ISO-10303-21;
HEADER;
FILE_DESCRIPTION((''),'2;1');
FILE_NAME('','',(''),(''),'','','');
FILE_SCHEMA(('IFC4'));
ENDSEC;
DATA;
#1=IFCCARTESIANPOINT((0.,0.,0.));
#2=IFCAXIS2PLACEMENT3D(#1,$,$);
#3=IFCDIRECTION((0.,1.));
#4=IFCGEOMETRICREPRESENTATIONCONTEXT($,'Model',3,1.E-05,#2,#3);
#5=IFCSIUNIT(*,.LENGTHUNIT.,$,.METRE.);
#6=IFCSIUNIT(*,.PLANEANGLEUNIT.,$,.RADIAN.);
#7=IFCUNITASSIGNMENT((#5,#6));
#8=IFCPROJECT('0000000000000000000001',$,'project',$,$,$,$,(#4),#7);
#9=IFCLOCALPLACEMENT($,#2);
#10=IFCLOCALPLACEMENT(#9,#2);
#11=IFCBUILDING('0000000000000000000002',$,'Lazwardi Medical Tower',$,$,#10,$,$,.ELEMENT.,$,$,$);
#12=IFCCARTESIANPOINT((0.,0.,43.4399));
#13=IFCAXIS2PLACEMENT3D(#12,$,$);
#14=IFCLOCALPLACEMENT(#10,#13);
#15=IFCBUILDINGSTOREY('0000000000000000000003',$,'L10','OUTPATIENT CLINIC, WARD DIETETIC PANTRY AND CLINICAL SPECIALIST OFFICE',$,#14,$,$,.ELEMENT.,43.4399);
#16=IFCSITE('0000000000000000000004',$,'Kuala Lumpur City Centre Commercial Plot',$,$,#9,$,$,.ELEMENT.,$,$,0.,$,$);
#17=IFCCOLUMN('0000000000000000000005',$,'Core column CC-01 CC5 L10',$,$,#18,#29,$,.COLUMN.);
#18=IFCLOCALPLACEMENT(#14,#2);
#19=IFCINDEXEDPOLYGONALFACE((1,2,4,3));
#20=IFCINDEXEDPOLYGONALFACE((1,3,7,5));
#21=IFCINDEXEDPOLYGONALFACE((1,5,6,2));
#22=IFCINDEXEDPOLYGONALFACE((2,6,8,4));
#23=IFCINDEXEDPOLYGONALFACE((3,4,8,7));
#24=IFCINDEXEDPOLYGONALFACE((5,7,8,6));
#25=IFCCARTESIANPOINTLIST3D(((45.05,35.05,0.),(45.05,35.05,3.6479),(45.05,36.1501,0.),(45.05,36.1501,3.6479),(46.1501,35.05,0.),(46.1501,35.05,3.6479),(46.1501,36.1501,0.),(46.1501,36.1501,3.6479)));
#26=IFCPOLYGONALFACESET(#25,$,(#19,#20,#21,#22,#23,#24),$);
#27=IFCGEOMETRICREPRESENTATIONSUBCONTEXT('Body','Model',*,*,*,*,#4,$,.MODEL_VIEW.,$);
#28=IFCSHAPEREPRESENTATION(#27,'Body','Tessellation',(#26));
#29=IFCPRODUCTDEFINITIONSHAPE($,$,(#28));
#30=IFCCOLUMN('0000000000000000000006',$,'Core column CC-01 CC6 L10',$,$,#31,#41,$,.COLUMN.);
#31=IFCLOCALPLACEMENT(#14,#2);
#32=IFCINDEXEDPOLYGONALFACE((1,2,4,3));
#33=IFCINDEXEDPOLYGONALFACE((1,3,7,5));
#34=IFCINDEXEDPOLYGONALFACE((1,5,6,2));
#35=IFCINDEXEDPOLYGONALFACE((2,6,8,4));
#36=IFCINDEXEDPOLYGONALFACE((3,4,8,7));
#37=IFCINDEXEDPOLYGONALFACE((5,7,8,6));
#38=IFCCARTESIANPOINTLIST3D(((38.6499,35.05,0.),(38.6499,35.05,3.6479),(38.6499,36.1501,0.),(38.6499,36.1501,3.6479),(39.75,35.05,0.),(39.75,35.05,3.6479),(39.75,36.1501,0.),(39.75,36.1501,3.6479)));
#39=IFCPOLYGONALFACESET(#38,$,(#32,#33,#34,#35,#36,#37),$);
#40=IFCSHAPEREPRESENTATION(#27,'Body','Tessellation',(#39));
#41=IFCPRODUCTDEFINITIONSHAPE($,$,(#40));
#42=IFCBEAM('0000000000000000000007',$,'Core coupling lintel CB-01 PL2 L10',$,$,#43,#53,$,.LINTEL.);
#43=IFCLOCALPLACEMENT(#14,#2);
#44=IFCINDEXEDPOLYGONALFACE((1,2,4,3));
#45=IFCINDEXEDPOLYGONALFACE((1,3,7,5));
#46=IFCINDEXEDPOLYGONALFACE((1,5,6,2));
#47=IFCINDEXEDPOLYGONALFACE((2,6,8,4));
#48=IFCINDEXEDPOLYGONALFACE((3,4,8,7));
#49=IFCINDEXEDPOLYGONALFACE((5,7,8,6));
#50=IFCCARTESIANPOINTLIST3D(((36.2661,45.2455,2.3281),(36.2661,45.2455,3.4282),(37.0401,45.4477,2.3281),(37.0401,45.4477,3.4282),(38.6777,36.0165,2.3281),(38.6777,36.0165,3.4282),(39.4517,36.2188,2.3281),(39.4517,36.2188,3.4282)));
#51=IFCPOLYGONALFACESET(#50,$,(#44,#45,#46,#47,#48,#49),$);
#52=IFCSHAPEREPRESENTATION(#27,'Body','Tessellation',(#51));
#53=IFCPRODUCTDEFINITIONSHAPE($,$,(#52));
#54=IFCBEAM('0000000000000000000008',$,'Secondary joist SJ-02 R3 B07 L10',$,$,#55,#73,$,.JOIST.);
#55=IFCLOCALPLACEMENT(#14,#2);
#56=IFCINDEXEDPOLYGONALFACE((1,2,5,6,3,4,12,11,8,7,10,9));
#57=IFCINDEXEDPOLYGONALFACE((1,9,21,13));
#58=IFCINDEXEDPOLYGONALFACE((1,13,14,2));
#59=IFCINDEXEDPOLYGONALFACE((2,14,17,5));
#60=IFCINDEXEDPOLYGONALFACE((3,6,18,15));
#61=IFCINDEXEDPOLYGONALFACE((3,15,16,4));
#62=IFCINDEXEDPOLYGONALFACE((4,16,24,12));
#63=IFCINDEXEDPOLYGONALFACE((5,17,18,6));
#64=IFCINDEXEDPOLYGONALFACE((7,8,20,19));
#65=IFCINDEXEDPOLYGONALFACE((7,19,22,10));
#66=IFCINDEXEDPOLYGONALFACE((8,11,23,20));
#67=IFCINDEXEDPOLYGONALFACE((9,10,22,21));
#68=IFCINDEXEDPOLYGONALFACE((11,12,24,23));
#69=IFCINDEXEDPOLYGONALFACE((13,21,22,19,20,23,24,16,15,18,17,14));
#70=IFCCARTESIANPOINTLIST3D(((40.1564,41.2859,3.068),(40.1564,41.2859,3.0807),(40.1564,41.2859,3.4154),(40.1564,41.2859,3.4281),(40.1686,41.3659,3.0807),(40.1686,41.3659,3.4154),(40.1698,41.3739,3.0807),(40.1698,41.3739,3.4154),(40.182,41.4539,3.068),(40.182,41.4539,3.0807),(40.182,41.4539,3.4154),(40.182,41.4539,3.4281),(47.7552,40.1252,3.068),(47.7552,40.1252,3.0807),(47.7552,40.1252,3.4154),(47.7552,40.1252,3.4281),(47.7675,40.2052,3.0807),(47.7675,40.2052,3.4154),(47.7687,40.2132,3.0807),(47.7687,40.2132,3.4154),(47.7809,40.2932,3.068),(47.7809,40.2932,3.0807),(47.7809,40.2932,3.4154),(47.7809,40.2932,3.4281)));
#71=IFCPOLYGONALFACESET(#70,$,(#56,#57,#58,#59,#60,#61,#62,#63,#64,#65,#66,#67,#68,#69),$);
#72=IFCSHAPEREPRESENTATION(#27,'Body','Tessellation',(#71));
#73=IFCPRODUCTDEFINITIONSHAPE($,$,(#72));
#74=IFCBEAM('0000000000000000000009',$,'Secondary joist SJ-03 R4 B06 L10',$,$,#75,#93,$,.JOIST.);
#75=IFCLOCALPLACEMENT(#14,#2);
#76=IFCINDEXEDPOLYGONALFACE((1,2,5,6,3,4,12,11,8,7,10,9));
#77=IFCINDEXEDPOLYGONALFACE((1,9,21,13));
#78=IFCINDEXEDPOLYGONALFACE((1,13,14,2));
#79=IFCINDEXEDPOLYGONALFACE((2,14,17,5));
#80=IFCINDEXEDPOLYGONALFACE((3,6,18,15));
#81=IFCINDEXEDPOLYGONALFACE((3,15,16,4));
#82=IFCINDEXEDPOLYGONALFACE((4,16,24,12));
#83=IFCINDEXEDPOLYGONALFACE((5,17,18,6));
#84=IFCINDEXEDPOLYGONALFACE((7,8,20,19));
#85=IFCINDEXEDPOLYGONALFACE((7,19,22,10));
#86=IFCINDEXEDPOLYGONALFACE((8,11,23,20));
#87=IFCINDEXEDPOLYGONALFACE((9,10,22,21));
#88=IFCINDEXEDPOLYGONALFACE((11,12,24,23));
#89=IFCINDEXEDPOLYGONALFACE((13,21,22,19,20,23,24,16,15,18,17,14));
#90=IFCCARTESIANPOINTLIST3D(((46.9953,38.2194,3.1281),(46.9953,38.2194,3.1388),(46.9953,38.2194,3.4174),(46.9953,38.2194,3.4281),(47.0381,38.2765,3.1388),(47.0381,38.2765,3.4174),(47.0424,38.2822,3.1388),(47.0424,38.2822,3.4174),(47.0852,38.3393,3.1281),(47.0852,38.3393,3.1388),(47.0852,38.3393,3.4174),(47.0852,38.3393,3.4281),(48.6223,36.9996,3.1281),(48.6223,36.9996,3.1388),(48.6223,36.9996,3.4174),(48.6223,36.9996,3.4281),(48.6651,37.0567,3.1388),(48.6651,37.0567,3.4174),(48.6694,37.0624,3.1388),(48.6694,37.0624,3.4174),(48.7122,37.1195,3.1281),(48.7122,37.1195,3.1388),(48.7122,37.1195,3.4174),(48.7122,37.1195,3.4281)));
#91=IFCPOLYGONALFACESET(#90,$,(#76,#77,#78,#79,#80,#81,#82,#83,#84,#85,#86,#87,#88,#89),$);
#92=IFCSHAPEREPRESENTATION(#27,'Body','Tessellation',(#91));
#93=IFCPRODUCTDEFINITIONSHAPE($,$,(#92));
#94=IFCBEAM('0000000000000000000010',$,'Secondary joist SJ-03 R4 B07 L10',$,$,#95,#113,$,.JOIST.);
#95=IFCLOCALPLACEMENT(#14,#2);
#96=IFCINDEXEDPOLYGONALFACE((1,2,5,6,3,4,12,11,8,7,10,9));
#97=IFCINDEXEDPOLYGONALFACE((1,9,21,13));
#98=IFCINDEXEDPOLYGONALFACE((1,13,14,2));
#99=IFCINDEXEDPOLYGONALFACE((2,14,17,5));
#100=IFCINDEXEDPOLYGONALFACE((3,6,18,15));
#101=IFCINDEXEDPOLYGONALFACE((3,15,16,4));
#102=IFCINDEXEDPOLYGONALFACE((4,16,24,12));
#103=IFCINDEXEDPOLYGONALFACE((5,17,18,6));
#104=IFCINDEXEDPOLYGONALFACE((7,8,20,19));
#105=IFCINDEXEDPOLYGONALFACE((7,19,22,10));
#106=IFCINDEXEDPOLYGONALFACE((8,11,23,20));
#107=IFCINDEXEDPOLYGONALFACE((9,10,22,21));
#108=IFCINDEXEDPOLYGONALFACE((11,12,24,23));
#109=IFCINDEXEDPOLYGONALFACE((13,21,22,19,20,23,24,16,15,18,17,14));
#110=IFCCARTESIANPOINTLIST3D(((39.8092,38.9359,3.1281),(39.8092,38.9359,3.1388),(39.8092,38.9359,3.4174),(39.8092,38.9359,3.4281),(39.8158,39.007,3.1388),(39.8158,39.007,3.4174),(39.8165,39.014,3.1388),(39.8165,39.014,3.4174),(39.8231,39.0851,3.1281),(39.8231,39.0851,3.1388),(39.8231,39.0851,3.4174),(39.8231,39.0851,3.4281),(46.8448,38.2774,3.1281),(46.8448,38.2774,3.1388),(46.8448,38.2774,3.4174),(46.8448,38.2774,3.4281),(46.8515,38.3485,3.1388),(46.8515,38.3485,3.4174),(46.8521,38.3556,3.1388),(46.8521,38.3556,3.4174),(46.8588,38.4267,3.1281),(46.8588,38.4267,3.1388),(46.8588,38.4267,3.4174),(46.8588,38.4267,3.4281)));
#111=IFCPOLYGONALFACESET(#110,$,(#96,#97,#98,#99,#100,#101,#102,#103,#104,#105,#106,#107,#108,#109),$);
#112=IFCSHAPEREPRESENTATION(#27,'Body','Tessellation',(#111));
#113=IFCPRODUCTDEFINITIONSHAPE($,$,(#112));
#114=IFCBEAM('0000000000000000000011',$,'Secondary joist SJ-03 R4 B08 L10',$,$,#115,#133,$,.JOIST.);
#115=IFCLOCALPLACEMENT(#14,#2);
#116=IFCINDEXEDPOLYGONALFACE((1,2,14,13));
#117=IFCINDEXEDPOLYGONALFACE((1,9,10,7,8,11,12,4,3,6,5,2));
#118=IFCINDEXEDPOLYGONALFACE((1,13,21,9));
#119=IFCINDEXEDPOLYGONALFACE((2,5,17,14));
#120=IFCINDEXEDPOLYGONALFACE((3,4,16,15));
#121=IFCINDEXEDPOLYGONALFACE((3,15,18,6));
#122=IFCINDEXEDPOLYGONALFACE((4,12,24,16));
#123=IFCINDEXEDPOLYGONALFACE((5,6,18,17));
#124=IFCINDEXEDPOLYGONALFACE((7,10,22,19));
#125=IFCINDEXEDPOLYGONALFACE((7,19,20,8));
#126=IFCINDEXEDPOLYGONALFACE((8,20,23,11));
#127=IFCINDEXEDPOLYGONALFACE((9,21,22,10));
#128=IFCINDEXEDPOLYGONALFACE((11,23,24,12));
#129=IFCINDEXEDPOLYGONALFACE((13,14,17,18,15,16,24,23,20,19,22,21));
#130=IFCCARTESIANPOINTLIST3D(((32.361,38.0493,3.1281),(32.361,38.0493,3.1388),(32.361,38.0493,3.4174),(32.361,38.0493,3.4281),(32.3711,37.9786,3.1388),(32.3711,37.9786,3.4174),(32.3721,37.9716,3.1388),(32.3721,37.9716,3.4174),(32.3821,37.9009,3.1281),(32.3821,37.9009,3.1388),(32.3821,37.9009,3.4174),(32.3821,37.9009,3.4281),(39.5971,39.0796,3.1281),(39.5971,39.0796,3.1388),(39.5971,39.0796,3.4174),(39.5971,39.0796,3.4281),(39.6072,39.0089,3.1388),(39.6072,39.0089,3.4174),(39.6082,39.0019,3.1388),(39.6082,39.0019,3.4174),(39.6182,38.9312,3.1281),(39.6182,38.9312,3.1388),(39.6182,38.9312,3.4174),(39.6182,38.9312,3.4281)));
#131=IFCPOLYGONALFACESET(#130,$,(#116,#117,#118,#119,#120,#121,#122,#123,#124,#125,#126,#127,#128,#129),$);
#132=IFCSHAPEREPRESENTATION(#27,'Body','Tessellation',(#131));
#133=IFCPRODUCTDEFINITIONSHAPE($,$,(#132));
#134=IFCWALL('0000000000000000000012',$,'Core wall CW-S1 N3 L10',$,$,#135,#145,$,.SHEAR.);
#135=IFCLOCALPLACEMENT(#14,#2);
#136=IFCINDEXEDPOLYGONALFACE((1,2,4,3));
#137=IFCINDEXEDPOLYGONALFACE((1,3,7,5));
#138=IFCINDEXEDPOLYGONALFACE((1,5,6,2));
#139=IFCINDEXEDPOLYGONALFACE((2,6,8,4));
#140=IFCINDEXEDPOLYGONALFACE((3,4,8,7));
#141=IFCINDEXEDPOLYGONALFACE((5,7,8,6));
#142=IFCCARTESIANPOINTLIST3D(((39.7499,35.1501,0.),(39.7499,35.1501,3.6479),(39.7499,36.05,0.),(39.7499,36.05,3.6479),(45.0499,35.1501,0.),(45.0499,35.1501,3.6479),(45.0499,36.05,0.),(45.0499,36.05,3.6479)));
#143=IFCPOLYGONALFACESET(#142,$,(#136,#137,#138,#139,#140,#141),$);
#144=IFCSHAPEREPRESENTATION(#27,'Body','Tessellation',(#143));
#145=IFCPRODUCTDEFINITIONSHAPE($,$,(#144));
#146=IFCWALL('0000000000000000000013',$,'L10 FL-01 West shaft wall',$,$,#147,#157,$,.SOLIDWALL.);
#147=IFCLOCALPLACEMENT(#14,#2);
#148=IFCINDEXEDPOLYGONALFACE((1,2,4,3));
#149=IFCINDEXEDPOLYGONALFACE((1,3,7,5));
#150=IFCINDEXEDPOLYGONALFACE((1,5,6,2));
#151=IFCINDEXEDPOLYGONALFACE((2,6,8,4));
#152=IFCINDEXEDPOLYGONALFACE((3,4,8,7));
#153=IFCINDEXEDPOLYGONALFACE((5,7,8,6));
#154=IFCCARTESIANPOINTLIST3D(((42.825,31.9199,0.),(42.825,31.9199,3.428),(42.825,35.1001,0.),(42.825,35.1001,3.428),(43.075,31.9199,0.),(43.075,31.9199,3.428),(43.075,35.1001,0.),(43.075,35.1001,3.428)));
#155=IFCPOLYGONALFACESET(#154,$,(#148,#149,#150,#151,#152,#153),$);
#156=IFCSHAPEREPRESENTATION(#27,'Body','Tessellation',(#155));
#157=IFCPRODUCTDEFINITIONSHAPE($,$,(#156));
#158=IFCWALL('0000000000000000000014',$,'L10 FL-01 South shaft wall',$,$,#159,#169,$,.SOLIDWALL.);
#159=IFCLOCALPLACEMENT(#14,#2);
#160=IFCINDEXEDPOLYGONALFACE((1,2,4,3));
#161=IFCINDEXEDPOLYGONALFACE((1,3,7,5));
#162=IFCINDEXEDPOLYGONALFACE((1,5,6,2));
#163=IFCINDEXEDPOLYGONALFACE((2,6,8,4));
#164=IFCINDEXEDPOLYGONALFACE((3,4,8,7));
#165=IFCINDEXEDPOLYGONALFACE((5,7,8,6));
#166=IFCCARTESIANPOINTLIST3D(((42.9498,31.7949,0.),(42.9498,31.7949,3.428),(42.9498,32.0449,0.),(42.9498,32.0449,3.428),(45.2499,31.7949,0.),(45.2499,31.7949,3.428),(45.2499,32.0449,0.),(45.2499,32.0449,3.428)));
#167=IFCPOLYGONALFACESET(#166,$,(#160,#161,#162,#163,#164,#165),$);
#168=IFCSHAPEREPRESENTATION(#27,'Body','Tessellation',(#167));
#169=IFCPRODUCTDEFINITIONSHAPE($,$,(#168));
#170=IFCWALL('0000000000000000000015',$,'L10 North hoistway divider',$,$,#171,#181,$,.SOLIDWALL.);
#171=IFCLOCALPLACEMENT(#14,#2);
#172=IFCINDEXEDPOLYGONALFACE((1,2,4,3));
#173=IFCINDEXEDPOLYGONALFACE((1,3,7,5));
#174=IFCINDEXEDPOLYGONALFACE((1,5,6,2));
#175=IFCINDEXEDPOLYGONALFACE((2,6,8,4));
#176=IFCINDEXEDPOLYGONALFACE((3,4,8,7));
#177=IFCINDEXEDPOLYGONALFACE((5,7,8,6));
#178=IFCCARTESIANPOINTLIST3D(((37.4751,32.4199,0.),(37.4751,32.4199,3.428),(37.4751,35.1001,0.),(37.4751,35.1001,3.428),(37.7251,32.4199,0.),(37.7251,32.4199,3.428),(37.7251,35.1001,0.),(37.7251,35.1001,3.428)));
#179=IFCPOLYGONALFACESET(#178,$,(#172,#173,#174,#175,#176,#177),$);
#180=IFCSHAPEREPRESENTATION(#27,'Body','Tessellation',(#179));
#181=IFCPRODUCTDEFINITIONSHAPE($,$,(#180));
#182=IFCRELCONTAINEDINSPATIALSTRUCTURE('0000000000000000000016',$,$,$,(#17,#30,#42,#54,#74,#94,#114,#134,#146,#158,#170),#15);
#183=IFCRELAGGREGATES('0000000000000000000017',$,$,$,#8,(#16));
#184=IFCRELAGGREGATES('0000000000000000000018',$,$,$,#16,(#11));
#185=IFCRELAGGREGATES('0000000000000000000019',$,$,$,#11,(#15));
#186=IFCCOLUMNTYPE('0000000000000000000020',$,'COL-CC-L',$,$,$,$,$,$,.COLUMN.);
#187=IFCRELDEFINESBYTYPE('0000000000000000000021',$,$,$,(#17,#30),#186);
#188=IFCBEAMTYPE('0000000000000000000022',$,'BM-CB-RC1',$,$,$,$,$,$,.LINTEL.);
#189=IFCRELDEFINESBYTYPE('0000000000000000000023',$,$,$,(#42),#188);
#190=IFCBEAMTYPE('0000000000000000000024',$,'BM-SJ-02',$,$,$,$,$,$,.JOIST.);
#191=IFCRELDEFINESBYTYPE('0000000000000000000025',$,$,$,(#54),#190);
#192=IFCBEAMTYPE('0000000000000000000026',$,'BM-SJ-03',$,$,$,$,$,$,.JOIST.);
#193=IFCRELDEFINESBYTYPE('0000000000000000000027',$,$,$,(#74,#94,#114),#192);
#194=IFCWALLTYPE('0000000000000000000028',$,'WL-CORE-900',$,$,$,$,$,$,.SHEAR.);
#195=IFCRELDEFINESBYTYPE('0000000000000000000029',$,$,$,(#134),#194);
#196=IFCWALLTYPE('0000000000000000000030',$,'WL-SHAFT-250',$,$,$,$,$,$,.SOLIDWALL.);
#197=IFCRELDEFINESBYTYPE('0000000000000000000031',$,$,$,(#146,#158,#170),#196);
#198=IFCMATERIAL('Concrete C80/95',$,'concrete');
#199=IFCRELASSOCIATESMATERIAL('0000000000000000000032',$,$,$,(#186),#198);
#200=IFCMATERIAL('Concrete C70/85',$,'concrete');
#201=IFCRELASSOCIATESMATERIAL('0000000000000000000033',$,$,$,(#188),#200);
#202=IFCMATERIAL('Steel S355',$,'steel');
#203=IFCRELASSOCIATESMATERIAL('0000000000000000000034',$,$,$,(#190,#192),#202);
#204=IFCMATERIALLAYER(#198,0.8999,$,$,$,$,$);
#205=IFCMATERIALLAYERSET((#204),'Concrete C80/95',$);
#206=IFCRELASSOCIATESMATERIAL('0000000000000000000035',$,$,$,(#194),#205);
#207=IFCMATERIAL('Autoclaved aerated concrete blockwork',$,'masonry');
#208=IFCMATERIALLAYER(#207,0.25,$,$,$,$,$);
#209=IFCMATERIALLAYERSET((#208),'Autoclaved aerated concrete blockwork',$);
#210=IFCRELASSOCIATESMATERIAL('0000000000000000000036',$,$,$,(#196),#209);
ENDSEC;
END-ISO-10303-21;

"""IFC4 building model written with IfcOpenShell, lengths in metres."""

from ifc_helpers import new_model, si_unit, direction, frame, frame_2d, origin, origin_2d, place, context, subcontext, project, spatial, rectangle, i_section, extrude, material, layer, layer_set, material_profile, profile_set, type_object, element, save


model = new_model("IFC4")

# Units and contexts
model_context = context("Model", 3, precision=1e-05, world=origin(), true_north=direction((0.0, 1.0)))
body_context = subcontext(model_context, "Body", "Model", "MODEL_VIEW")
ifc_project = project(units=[si_unit("LENGTHUNIT", "METRE"), si_unit("PLANEANGLEUNIT", "RADIAN")], contexts=[model_context])

# Site, building, storey
site_placement = place(None, origin())
site = spatial("IfcSite", under=ifc_project, at=site_placement, Name="Kuala Lumpur City Centre Commercial Plot", CompositionType="ELEMENT", RefElevation=0.0)
building_placement = place(site_placement, origin())
building = spatial("IfcBuilding", under=site, at=building_placement, Name="Lazwardi Medical Tower", CompositionType="ELEMENT")
storey_placement = place(building_placement, frame((0.0, 0.0, 43.4399)))
storey = spatial("IfcBuildingStorey", under=building, at=storey_placement, Name="L10", Description="OUTPATIENT CLINIC, WARD DIETETIC PANTRY AND CLINICAL SPECIALIST OFFICE", CompositionType="ELEMENT", Elevation=43.4399)

# Columns
ifc_material_1 = material(Name="Concrete C80/95", Category="concrete")
ifc_material_profile_1 = material_profile(ifc_material_1, rectangle(XDim=1.1001, YDim=1.1001, at=origin_2d()), Name="RC 1100x1100")
ifc_profile_set_1 = profile_set([ifc_material_profile_1], Name="Concrete C80/95")
column_type = type_object("IfcColumnType", Name="COL-CC-L", PredefinedType="COLUMN", material=ifc_profile_set_1)
for number, where, z_axis, x_axis, name in (
    (1, (45.6001, 35.6001, 0.0), (0.0, 0.0, 1.0), (1.0, 0.0, 0.0), "Core column CC-01 CC5 L10"),
    (2, (39.2, 35.6001, 0.0), (0.0, 0.0, 1.0), (1.0, 0.0, 0.0), "Core column CC-01 CC6 L10"),
):
    element("IfcColumn", number, at=place(storey_placement, frame(where, z_axis=z_axis, x_axis=x_axis)), inside=storey, type_object=column_type, Name=name, PredefinedType="COLUMN", context=body_context, shape_type="SweptSolid", body=[
        extrude(rectangle(XDim=1.1001, YDim=1.1001, at=origin_2d()), origin(), (0.0, 0.0, 1.0), 3.6479),
    ])

# Beams
ifc_material_2 = material(Name="Concrete C70/85", Category="concrete")
ifc_material_profile_2 = material_profile(ifc_material_2, rectangle(XDim=0.8, YDim=1.1001, at=origin_2d()), Name="RC 800x1100")
ifc_profile_set_2 = profile_set([ifc_material_profile_2], Name="Concrete C70/85")
beam_type_1 = type_object("IfcBeamType", Name="BM-CB-RC1", PredefinedType="LINTEL", material=ifc_profile_set_2)
beam_1_placement = place(storey_placement, frame((39.0647, 36.1177, 2.8782), z_axis=(-0.25282, 0.967513, 0.0), x_axis=(-0.967513, -0.25282, 0.0)))
element("IfcBeam", 3, at=beam_1_placement, inside=storey, type_object=beam_type_1, Name="Core coupling lintel CB-01 PL2 L10", PredefinedType="LINTEL", context=body_context, shape_type="SweptSolid", body=[
    extrude(rectangle(XDim=0.8, YDim=1.1001, at=origin_2d()), origin(), (0.0, 0.0, 1.0), 9.5388),
])
ifc_material_3 = material(Name="Steel S355", Category="steel")
ifc_material_profile_3 = material_profile(ifc_material_3, i_section(OverallWidth=0.1699, OverallDepth=0.3601, WebThickness=0.0081, FlangeThickness=0.0127, at=origin_2d()), Name="IPE 360")
ifc_profile_set_3 = profile_set([ifc_material_profile_3], Name="Steel S355")
beam_type_2 = type_object("IfcBeamType", Name="BM-SJ-02", PredefinedType="JOIST", material=ifc_profile_set_3)
beam_2_placement = place(storey_placement, frame((47.7681, 40.2092, 3.248), z_axis=(-0.988536, 0.150988, 0.0), x_axis=(-0.150988, -0.988536, 0.0)))
element("IfcBeam", 4, at=beam_2_placement, inside=storey, type_object=beam_type_2, Name="Secondary joist SJ-02 R3 B07 L10", PredefinedType="JOIST", context=body_context, shape_type="SweptSolid", body=[
    extrude(i_section(OverallWidth=0.1699, OverallDepth=0.3601, WebThickness=0.0081, FlangeThickness=0.0127, at=origin_2d()), origin(), (0.0, 0.0, 1.0), 7.687),
])
ifc_material_profile_4 = material_profile(ifc_material_3, i_section(OverallWidth=0.1499, OverallDepth=0.3, WebThickness=0.0071, FlangeThickness=0.0107, at=origin_2d()), Name="IPE 300")
ifc_profile_set_4 = profile_set([ifc_material_profile_4], Name="Steel S355")
beam_type_3 = type_object("IfcBeamType", Name="BM-SJ-03", PredefinedType="JOIST", material=ifc_profile_set_4)
beam_3_placement = place(storey_placement, frame((48.6672, 37.0596, 3.2781), z_axis=(-0.800115, 0.599846, 0.0), x_axis=(-0.599846, -0.800115, 0.0)))
element("IfcBeam", 5, at=beam_3_placement, inside=storey, type_object=beam_type_3, Name="Secondary joist SJ-03 R4 B06 L10", PredefinedType="JOIST", context=body_context, shape_type="SweptSolid", body=[
    extrude(i_section(OverallWidth=0.1499, OverallDepth=0.3, WebThickness=0.0071, FlangeThickness=0.0107, at=origin_2d()), origin(), (0.0, 0.0, 1.0), 2.0334),
])
beam_4_placement = place(storey_placement, frame((46.8518, 38.3521, 3.2781), z_axis=(-0.995649, 0.09318, 0.0), x_axis=(-0.09318, -0.995649, 0.0)))
element("IfcBeam", 6, at=beam_4_placement, inside=storey, type_object=beam_type_3, Name="Secondary joist SJ-03 R4 B07 L10", PredefinedType="JOIST", context=body_context, shape_type="SweptSolid", body=[
    extrude(i_section(OverallWidth=0.1499, OverallDepth=0.3, WebThickness=0.0071, FlangeThickness=0.0107, at=origin_2d()), origin(), (0.0, 0.0, 1.0), 7.0664),
])
beam_5_placement = place(storey_placement, frame((39.6077, 39.0054, 3.2781), z_axis=(-0.990016, -0.140958, 0.0), x_axis=(0.140958, -0.990016, 0.0)))
element("IfcBeam", 7, at=beam_5_placement, inside=storey, type_object=beam_type_3, Name="Secondary joist SJ-03 R4 B08 L10", PredefinedType="JOIST", context=body_context, shape_type="SweptSolid", body=[
    extrude(i_section(OverallWidth=0.1499, OverallDepth=0.3, WebThickness=0.0071, FlangeThickness=0.0107, at=origin_2d()), origin(), (0.0, 0.0, 1.0), 7.3091),
])

# Walls
ifc_layer_1 = layer(ifc_material_1, 0.8999)
ifc_layer_set_1 = layer_set([ifc_layer_1], Name="Concrete C80/95")
wall_type_1 = type_object("IfcWallType", Name="WL-CORE-900", PredefinedType="SHEAR", material=ifc_layer_set_1)
wall_1_placement = place(storey_placement, frame((39.75, 35.6001, 0.0), z_axis=(0.0, 0.0, 1.0), x_axis=(1.0, 0.0, 0.0)))
element("IfcWall", 8, at=wall_1_placement, inside=storey, type_object=wall_type_1, Name="Core wall CW-S1 N3 L10", PredefinedType="SHEAR", context=body_context, shape_type="SweptSolid", body=[
    extrude(rectangle(XDim=5.3, YDim=0.8999, at=frame_2d((2.6499, 0.0))), origin(), (0.0, 0.0, 1.0), 3.6479),
])
ifc_material_4 = material(Name="Autoclaved aerated concrete blockwork", Category="masonry")
ifc_layer_2 = layer(ifc_material_4, 0.25)
ifc_layer_set_2 = layer_set([ifc_layer_2], Name="Autoclaved aerated concrete blockwork")
wall_type_2 = type_object("IfcWallType", Name="WL-SHAFT-250", PredefinedType="SOLIDWALL", material=ifc_layer_set_2)
wall_2_placement = place(storey_placement, frame((42.95, 31.9199, 0.0), z_axis=(0.0, 0.0, 1.0), x_axis=(0.0, 1.0, 0.0)))
element("IfcWall", 9, at=wall_2_placement, inside=storey, type_object=wall_type_2, Name="L10 FL-01 West shaft wall", PredefinedType="SOLIDWALL", context=body_context, shape_type="SweptSolid", body=[
    extrude(rectangle(XDim=3.1802, YDim=0.25, at=frame_2d((1.5901, 0.0))), origin(), (0.0, 0.0, 1.0), 3.428),
])
wall_3_placement = place(storey_placement, frame((42.95, 31.9199, 0.0), z_axis=(0.0, 0.0, 1.0), x_axis=(1.0, 0.0, 0.0)))
element("IfcWall", 10, at=wall_3_placement, inside=storey, type_object=wall_type_2, Name="L10 FL-01 South shaft wall", PredefinedType="SOLIDWALL", context=body_context, shape_type="SweptSolid", body=[
    extrude(rectangle(XDim=2.3, YDim=0.25, at=frame_2d((1.1499, 0.0))), origin(), (0.0, 0.0, 1.0), 3.428),
])
for number, where, z_axis, x_axis, name in (
    (11, (37.6001, 32.4199, 0.0), (0.0, 0.0, 1.0), (0.0, 1.0, 0.0), "L10 North hoistway divider"),
):
    element("IfcWall", number, at=place(storey_placement, frame(where, z_axis=z_axis, x_axis=x_axis)), inside=storey, type_object=wall_type_2, Name=name, PredefinedType="SOLIDWALL", context=body_context, shape_type="SweptSolid", body=[
        extrude(rectangle(XDim=2.6802, YDim=0.25, at=frame_2d((1.3401, 0.0))), origin(), (0.0, 0.0, 1.0), 3.428),
    ])

save(model, "model.ifc")
